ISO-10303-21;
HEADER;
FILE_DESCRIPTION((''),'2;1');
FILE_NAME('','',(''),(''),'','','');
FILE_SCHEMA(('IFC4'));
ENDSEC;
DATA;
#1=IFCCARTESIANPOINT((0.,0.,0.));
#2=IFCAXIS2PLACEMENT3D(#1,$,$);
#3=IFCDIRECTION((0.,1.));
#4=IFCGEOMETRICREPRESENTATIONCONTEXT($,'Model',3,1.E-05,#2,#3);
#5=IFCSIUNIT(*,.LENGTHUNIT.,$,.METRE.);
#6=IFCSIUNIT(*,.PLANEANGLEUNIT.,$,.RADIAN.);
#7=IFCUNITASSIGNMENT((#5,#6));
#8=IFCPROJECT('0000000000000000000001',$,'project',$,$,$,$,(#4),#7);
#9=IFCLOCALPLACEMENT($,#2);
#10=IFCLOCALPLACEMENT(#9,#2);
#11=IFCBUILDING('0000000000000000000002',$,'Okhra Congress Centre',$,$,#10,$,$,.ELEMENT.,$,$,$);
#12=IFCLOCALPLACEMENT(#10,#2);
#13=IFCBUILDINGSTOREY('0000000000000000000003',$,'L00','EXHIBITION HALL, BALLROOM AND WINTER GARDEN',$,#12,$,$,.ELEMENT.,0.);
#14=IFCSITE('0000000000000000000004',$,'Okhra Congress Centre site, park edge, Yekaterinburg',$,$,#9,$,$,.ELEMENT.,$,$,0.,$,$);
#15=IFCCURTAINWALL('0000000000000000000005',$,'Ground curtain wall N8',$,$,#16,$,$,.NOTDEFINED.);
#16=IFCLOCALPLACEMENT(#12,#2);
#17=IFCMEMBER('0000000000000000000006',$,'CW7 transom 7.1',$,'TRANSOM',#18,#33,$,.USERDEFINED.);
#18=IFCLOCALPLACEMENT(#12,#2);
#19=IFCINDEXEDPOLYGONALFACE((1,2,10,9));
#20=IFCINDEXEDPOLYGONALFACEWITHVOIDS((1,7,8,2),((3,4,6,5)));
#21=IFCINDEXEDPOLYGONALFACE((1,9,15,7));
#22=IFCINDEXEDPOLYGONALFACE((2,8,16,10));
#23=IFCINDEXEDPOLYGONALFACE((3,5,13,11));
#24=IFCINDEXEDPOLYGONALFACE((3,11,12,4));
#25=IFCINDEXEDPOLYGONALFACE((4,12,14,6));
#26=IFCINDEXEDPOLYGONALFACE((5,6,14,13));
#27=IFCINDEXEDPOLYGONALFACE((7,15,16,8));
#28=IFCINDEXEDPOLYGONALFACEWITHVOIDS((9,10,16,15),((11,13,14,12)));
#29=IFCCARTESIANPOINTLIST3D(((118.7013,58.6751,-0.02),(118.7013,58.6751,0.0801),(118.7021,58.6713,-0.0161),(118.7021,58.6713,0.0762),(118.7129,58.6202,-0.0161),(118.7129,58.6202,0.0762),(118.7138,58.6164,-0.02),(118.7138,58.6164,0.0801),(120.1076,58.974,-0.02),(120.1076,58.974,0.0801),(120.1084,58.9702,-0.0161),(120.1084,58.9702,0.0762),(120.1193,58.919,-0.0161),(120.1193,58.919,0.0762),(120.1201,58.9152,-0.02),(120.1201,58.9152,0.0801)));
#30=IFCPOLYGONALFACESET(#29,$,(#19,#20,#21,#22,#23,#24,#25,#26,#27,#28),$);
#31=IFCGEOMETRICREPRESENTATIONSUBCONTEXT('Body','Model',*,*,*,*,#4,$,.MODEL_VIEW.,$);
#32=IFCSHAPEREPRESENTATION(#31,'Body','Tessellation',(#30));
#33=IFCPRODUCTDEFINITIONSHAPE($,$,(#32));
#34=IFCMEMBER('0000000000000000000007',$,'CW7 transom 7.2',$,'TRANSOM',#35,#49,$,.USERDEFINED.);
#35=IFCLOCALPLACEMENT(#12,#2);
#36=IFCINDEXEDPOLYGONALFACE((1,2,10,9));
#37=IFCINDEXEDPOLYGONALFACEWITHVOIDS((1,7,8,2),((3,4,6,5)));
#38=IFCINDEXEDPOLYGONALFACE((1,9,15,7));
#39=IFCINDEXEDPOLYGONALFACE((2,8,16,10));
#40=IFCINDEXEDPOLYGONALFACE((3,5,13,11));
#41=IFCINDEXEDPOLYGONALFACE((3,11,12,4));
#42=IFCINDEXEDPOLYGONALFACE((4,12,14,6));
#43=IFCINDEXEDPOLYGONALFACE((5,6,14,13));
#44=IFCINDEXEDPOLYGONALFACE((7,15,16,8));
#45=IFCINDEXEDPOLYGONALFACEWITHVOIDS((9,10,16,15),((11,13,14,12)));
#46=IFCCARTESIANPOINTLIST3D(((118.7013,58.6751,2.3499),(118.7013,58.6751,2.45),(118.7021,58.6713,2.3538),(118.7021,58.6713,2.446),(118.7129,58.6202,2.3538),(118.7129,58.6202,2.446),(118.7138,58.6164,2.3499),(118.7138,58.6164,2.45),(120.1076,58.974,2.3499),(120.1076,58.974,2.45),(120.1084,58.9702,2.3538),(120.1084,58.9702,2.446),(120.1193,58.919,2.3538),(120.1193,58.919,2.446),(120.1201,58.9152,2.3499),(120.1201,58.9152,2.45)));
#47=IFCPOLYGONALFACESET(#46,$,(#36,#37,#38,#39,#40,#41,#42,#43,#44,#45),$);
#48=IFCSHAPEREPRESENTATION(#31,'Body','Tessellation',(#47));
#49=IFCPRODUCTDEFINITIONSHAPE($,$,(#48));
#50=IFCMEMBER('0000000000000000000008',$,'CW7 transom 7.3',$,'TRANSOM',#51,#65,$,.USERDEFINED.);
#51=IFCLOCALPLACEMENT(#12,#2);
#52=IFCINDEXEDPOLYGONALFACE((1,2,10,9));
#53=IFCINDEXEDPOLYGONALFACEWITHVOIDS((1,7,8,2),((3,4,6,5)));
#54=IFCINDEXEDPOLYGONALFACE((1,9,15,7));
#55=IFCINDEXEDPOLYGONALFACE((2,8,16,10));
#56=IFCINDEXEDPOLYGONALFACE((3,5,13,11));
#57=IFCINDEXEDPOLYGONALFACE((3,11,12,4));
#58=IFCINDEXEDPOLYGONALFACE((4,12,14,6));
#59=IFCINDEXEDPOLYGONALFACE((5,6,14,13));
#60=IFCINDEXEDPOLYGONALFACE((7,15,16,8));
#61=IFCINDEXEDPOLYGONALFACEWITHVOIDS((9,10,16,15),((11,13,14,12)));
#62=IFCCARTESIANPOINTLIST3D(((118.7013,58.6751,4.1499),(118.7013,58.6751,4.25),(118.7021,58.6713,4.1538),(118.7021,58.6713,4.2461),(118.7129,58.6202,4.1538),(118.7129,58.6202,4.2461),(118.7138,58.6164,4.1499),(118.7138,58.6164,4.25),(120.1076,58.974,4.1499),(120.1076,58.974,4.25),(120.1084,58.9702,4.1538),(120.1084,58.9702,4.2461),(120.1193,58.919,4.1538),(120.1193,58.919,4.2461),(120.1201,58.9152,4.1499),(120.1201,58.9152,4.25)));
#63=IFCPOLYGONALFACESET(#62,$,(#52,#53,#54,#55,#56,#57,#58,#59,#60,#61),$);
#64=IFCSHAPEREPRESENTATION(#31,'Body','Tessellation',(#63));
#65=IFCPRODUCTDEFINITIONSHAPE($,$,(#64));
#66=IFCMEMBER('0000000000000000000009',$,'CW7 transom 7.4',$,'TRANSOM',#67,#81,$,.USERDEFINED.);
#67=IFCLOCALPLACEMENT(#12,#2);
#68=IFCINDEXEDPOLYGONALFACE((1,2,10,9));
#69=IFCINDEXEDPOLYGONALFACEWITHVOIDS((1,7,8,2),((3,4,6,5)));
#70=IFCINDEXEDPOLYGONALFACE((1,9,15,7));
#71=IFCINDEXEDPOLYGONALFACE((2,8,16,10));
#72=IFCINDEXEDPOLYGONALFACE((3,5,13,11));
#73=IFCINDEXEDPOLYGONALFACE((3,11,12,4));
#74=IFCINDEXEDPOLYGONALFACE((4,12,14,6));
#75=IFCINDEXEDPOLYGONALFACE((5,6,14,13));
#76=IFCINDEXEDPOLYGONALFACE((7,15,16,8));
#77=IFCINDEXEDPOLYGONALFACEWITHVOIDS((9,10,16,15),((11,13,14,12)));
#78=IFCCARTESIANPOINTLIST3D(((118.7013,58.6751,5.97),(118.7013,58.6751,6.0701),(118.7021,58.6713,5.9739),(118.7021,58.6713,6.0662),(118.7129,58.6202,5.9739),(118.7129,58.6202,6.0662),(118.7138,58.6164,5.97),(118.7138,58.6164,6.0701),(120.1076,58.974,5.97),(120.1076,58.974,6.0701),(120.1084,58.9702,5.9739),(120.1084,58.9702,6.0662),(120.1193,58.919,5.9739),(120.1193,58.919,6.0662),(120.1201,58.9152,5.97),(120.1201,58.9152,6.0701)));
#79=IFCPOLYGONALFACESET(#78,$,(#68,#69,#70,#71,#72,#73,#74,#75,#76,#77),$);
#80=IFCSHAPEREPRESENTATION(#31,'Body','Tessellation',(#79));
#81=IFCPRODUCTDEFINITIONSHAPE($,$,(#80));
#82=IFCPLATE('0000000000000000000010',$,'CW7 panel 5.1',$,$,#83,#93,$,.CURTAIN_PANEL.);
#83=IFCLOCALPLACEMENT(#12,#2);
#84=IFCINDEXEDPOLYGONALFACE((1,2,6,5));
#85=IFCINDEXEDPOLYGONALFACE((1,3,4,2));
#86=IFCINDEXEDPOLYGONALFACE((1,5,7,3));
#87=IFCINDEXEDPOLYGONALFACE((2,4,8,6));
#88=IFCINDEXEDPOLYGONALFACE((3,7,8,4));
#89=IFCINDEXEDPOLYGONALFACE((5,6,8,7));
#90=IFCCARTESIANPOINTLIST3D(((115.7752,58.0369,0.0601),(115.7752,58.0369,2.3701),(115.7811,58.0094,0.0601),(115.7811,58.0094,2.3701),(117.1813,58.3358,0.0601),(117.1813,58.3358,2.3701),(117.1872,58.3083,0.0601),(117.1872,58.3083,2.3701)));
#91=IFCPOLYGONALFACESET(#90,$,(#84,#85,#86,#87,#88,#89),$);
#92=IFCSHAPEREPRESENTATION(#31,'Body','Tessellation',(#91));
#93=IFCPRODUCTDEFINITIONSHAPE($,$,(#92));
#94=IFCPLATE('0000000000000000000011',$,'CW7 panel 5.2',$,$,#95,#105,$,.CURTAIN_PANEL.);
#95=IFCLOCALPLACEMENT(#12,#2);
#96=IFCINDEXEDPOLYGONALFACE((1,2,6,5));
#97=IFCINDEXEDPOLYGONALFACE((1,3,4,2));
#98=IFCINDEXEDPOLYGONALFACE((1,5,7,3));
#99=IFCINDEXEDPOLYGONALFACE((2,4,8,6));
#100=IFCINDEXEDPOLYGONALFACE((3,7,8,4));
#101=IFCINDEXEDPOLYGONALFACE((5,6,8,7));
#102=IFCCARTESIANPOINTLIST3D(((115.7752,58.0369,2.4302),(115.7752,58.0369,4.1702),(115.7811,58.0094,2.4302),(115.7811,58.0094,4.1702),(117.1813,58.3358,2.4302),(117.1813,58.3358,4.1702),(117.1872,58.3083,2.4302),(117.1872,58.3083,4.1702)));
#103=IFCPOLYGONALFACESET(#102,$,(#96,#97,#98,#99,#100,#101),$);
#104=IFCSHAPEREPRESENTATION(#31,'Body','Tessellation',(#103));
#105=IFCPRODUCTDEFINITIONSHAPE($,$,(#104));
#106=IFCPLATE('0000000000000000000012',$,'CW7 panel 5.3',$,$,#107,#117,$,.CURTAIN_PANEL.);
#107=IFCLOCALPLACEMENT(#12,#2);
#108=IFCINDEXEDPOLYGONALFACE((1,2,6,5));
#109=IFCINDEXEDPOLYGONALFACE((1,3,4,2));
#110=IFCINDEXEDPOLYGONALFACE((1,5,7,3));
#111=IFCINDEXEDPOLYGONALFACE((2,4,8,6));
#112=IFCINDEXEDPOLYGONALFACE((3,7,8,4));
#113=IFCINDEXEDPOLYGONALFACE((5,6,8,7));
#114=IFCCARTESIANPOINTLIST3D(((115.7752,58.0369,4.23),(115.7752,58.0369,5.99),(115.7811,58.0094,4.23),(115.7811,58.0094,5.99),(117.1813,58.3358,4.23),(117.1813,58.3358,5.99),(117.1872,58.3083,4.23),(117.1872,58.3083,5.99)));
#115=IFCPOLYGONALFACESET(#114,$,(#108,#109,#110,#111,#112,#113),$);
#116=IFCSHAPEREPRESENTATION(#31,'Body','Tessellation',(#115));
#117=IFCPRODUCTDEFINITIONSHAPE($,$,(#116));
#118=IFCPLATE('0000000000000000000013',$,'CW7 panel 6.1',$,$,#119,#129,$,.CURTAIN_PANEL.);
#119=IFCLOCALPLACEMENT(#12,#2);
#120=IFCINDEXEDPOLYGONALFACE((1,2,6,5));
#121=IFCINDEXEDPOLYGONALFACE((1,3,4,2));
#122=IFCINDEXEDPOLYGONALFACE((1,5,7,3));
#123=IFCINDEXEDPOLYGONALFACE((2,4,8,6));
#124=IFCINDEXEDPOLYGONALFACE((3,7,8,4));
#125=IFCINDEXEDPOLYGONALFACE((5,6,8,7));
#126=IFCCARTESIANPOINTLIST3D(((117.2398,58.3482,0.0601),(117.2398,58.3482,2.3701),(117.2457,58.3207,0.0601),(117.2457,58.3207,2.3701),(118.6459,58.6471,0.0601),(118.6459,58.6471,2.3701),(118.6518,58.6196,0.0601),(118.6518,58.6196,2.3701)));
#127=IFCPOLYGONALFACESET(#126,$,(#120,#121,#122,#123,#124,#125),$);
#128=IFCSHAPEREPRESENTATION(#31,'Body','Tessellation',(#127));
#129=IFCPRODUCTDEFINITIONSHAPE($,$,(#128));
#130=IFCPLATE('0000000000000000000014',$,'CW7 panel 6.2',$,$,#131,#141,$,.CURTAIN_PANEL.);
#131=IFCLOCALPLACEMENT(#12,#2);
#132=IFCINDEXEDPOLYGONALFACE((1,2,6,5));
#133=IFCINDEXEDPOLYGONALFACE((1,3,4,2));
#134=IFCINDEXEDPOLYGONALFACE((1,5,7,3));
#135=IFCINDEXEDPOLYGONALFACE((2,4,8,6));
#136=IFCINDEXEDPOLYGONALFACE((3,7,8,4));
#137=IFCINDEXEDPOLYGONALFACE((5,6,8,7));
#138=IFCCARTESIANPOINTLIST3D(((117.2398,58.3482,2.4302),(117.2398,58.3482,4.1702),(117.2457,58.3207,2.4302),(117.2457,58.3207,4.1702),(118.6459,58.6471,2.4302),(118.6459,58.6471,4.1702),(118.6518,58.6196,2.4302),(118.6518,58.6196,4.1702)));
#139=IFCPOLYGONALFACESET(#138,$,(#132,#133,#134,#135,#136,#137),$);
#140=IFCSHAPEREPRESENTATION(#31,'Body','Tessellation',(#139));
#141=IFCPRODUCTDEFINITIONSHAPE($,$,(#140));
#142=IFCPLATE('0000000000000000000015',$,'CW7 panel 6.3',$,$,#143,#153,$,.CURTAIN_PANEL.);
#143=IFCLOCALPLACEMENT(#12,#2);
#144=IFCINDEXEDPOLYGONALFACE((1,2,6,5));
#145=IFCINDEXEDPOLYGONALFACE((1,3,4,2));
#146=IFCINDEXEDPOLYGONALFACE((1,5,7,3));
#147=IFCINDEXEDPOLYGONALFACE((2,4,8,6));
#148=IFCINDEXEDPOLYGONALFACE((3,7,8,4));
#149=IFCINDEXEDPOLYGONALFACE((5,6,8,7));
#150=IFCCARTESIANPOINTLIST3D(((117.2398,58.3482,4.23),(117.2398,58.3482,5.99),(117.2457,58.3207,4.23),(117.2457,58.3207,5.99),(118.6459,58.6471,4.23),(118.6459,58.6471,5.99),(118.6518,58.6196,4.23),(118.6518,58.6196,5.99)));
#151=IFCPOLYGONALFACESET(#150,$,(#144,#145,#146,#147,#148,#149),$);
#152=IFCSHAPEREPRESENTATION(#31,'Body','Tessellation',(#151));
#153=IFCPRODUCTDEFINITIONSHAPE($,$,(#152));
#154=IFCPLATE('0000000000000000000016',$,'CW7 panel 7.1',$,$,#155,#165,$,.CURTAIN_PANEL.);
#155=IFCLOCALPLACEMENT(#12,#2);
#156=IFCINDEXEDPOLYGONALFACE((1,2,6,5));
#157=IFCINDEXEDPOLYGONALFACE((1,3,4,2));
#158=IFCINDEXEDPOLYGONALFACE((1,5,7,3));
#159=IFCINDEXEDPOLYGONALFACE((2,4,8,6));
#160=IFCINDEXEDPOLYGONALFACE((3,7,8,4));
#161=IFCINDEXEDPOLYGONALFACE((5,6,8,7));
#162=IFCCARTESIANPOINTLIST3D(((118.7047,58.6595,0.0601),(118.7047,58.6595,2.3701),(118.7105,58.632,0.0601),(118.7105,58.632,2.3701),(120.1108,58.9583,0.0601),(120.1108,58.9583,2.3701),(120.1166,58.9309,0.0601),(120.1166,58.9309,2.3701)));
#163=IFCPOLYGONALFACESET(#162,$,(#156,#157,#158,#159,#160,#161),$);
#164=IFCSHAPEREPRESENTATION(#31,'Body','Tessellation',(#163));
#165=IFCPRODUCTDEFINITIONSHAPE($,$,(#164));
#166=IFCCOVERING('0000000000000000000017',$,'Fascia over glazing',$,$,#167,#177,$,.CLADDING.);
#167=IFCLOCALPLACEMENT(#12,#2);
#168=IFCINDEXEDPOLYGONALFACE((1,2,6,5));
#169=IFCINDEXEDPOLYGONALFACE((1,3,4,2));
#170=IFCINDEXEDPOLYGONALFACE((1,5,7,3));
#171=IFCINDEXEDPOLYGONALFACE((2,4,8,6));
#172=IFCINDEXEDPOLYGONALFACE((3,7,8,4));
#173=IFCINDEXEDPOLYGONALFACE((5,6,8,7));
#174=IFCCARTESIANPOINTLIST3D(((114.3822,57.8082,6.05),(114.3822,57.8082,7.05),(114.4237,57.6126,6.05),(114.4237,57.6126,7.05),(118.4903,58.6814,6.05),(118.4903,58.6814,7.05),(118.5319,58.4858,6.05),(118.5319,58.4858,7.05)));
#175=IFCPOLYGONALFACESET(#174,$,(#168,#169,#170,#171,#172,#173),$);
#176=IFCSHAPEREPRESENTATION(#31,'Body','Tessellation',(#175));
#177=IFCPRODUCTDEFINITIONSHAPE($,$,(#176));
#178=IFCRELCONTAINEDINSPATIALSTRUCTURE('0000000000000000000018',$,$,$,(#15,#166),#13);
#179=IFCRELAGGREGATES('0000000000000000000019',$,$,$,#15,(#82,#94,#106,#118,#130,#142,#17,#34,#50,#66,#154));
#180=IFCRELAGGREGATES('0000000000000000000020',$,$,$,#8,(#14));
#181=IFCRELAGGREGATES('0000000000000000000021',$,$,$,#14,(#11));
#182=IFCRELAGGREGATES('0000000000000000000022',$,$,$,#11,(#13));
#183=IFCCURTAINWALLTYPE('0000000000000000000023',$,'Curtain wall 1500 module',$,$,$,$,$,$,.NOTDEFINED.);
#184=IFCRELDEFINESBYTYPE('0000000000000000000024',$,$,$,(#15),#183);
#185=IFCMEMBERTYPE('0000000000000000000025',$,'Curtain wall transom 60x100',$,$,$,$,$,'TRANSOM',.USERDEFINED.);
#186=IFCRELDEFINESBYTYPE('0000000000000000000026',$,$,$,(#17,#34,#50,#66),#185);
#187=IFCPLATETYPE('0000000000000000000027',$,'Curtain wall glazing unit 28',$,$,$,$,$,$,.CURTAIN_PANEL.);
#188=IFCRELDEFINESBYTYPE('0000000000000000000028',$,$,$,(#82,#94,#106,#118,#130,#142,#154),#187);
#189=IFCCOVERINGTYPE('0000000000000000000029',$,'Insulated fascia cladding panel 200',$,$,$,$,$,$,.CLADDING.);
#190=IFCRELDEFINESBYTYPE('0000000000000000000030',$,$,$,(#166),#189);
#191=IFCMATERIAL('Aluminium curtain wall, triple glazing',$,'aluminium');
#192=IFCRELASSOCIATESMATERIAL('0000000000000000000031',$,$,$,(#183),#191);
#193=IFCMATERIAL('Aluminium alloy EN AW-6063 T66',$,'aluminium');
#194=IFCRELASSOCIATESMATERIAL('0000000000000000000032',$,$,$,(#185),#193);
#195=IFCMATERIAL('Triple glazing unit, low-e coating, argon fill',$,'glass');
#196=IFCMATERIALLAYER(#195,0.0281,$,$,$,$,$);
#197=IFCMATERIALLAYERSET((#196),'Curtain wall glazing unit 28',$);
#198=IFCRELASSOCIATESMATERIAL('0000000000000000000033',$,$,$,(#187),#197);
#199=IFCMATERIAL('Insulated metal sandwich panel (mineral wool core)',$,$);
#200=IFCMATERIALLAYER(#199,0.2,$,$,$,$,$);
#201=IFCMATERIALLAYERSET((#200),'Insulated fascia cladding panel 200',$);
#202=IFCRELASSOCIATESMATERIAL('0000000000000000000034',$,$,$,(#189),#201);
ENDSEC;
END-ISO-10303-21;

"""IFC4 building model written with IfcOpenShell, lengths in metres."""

from ifc_helpers import new_model, si_unit, direction, frame, origin, origin_2d, place, context, subcontext, project, spatial, rectangle, hollow_rectangle, extrude, material, layer, layer_set, material_profile, profile_set, type_object, element, aggregate, save


model = new_model("IFC4")

# Units and contexts
model_context = context("Model", 3, precision=1e-05, world=origin(), true_north=direction((0.0, 1.0)))
body_context = subcontext(model_context, "Body", "Model", "MODEL_VIEW")
ifc_project = project(units=[si_unit("LENGTHUNIT", "METRE"), si_unit("PLANEANGLEUNIT", "RADIAN")], contexts=[model_context])

# Site, building, storey
site_placement = place(None, origin())
site = spatial("IfcSite", under=ifc_project, at=site_placement, Name="Okhra Congress Centre site, park edge, Yekaterinburg", CompositionType="ELEMENT", RefElevation=0.0)
building_placement = place(site_placement, origin())
building = spatial("IfcBuilding", under=site, at=building_placement, Name="Okhra Congress Centre", CompositionType="ELEMENT")
storey_placement = place(building_placement, origin())
storey = spatial("IfcBuildingStorey", under=building, at=storey_placement, Name="L00", Description="EXHIBITION HALL, BALLROOM AND WINTER GARDEN", CompositionType="ELEMENT", Elevation=0.0)

# Curtain wall, members, plates
ifc_material_1 = material(Name="Aluminium curtain wall, triple glazing", Category="aluminium")
curtain_wall_type = type_object("IfcCurtainWallType", Name="Curtain wall 1500 module", PredefinedType="NOTDEFINED", material=ifc_material_1)
curtain_wall_placement = place(storey_placement, origin())
curtain_wall = element("IfcCurtainWall", 1, at=curtain_wall_placement, inside=storey, type_object=curtain_wall_type, Name="Ground curtain wall N8", PredefinedType="NOTDEFINED")
ifc_material_2 = material(Name="Aluminium alloy EN AW-6063 T66", Category="aluminium")
ifc_material_profile_1 = material_profile(ifc_material_2, hollow_rectangle(XDim=0.0601, YDim=0.1001, WallThickness=0.0039, at=origin_2d()), Name="RHS 60x100x4")
ifc_profile_set_1 = profile_set([ifc_material_profile_1], Name="Aluminium alloy EN AW-6063 T66")
member_type_1 = type_object("IfcMemberType", Name="Curtain wall transom 60x100", ElementType="TRANSOM", PredefinedType="USERDEFINED", material=ifc_profile_set_1)
member_1_placement = place(storey_placement, frame((118.7075, 58.6458, 0.03), z_axis=(0.978159, 0.207859, 0.0), x_axis=(-0.207859, 0.978159, 0.0)))
member_1 = element("IfcMember", 2, at=member_1_placement, type_object=member_type_1, Name="CW7 transom 7.1", ObjectType="TRANSOM", PredefinedType="USERDEFINED", context=body_context, shape_type="SweptSolid", body=[
    extrude(hollow_rectangle(XDim=0.0601, YDim=0.1001, WallThickness=0.0039, at=origin_2d()), origin(), (0.0, 0.0, 1.0), 1.4377),
])
member_2_placement = place(storey_placement, frame((118.7075, 58.6458, 2.3999), z_axis=(0.978159, 0.207859, 0.0), x_axis=(-0.207859, 0.978159, 0.0)))
member_2 = element("IfcMember", 3, at=member_2_placement, type_object=member_type_1, Name="CW7 transom 7.2", ObjectType="TRANSOM", PredefinedType="USERDEFINED", context=body_context, shape_type="SweptSolid", body=[
    extrude(hollow_rectangle(XDim=0.0601, YDim=0.1001, WallThickness=0.0039, at=origin_2d()), origin(), (0.0, 0.0, 1.0), 1.4377),
])
member_3_placement = place(storey_placement, frame((118.7075, 58.6458, 4.2), z_axis=(0.978159, 0.207859, 0.0), x_axis=(-0.207859, 0.978159, 0.0)))
member_3 = element("IfcMember", 4, at=member_3_placement, type_object=member_type_1, Name="CW7 transom 7.3", ObjectType="TRANSOM", PredefinedType="USERDEFINED", context=body_context, shape_type="SweptSolid", body=[
    extrude(hollow_rectangle(XDim=0.0601, YDim=0.1001, WallThickness=0.0039, at=origin_2d()), origin(), (0.0, 0.0, 1.0), 1.4377),
])
member_4_placement = place(storey_placement, frame((118.7075, 58.6458, 6.02), z_axis=(0.978159, 0.207859, 0.0), x_axis=(-0.207859, 0.978159, 0.0)))
member_4 = element("IfcMember", 5, at=member_4_placement, type_object=member_type_1, Name="CW7 transom 7.4", ObjectType="TRANSOM", PredefinedType="USERDEFINED", context=body_context, shape_type="SweptSolid", body=[
    extrude(hollow_rectangle(XDim=0.0601, YDim=0.1001, WallThickness=0.0039, at=origin_2d()), origin(), (0.0, 0.0, 1.0), 1.4377),
])
ifc_material_3 = material(Name="Triple glazing unit, low-e coating, argon fill", Category="glass")
ifc_layer_1 = layer(ifc_material_3, 0.0281)
ifc_layer_set_1 = layer_set([ifc_layer_1], Name="Curtain wall glazing unit 28")
plate_type = type_object("IfcPlateType", Name="Curtain wall glazing unit 28", PredefinedType="CURTAIN_PANEL", material=ifc_layer_set_1)
plate_1_placement = place(storey_placement, frame((116.4812, 58.1726, 0.0601), z_axis=(0.0, 0.0, 1.0), x_axis=(0.978148, 0.207912, 0.0)))
plate_1 = element("IfcPlate", 6, at=plate_1_placement, type_object=plate_type, Name="CW7 panel 5.1", PredefinedType="CURTAIN_PANEL", context=body_context, shape_type="SweptSolid", body=[
    extrude(rectangle(XDim=1.4375, YDim=0.0281, at=origin_2d()), origin(), (0.0, 0.0, 1.0), 2.3101),
])
plate_2_placement = place(storey_placement, frame((116.4812, 58.1726, 2.4302), z_axis=(0.0, 0.0, 1.0), x_axis=(0.978148, 0.207912, 0.0)))
plate_2 = element("IfcPlate", 7, at=plate_2_placement, type_object=plate_type, Name="CW7 panel 5.2", PredefinedType="CURTAIN_PANEL", context=body_context, shape_type="SweptSolid", body=[
    extrude(rectangle(XDim=1.4375, YDim=0.0281, at=origin_2d()), origin(), (0.0, 0.0, 1.0), 1.74),
])
plate_3_placement = place(storey_placement, frame((116.4812, 58.1726, 4.23), z_axis=(0.0, 0.0, 1.0), x_axis=(0.978148, 0.207912, 0.0)))
plate_3 = element("IfcPlate", 8, at=plate_3_placement, type_object=plate_type, Name="CW7 panel 5.3", PredefinedType="CURTAIN_PANEL", context=body_context, shape_type="SweptSolid", body=[
    extrude(rectangle(XDim=1.4375, YDim=0.0281, at=origin_2d()), origin(), (0.0, 0.0, 1.0), 1.76),
])
plate_4_placement = place(storey_placement, frame((117.9458, 58.4839, 0.0601), z_axis=(0.0, 0.0, 1.0), x_axis=(0.978148, 0.207912, 0.0)))
plate_4 = element("IfcPlate", 9, at=plate_4_placement, type_object=plate_type, Name="CW7 panel 6.1", PredefinedType="CURTAIN_PANEL", context=body_context, shape_type="SweptSolid", body=[
    extrude(rectangle(XDim=1.4375, YDim=0.0281, at=origin_2d()), origin(), (0.0, 0.0, 1.0), 2.3101),
])
plate_5_placement = place(storey_placement, frame((117.9458, 58.4839, 2.4302), z_axis=(0.0, 0.0, 1.0), x_axis=(0.978148, 0.207912, 0.0)))
plate_5 = element("IfcPlate", 10, at=plate_5_placement, type_object=plate_type, Name="CW7 panel 6.2", PredefinedType="CURTAIN_PANEL", context=body_context, shape_type="SweptSolid", body=[
    extrude(rectangle(XDim=1.4375, YDim=0.0281, at=origin_2d()), origin(), (0.0, 0.0, 1.0), 1.74),
])
plate_6_placement = place(storey_placement, frame((117.9458, 58.4839, 4.23), z_axis=(0.0, 0.0, 1.0), x_axis=(0.978148, 0.207912, 0.0)))
plate_6 = element("IfcPlate", 11, at=plate_6_placement, type_object=plate_type, Name="CW7 panel 6.3", PredefinedType="CURTAIN_PANEL", context=body_context, shape_type="SweptSolid", body=[
    extrude(rectangle(XDim=1.4375, YDim=0.0281, at=origin_2d()), origin(), (0.0, 0.0, 1.0), 1.76),
])
plate_7_placement = place(storey_placement, frame((119.4106, 58.7952, 0.0601), z_axis=(0.0, 0.0, 1.0), x_axis=(0.978148, 0.207912, 0.0)))
plate_7 = element("IfcPlate", 12, at=plate_7_placement, type_object=plate_type, Name="CW7 panel 7.1", PredefinedType="CURTAIN_PANEL", context=body_context, shape_type="SweptSolid", body=[
    extrude(rectangle(XDim=1.4375, YDim=0.0281, at=origin_2d()), origin(), (0.0, 0.0, 1.0), 2.3101),
])
aggregate(curtain_wall, [plate_1, plate_2, plate_3, plate_4, plate_5, plate_6, member_1, member_2, member_3, member_4, plate_7])

# Covering
ifc_material_4 = material(Name="Insulated metal sandwich panel (mineral wool core)")
ifc_layer_2 = layer(ifc_material_4, 0.2)
ifc_layer_set_2 = layer_set([ifc_layer_2], Name="Insulated fascia cladding panel 200")
covering_type = type_object("IfcCoveringType", Name="Insulated fascia cladding panel 200", PredefinedType="CLADDING", material=ifc_layer_set_2)
covering_placement = place(storey_placement, frame((116.457, 58.147, 6.05), z_axis=(0.0, 0.0, 1.0), x_axis=(0.978148, 0.207912, 0.0)))
element("IfcCovering", 13, at=covering_placement, inside=storey, type_object=covering_type, Name="Fascia over glazing", PredefinedType="CLADDING", context=body_context, shape_type="SweptSolid", body=[
    extrude(rectangle(XDim=4.2, YDim=0.2, at=origin_2d()), origin(), (0.0, 0.0, 1.0), 1.0),
])

save(model, "model.ifc")
